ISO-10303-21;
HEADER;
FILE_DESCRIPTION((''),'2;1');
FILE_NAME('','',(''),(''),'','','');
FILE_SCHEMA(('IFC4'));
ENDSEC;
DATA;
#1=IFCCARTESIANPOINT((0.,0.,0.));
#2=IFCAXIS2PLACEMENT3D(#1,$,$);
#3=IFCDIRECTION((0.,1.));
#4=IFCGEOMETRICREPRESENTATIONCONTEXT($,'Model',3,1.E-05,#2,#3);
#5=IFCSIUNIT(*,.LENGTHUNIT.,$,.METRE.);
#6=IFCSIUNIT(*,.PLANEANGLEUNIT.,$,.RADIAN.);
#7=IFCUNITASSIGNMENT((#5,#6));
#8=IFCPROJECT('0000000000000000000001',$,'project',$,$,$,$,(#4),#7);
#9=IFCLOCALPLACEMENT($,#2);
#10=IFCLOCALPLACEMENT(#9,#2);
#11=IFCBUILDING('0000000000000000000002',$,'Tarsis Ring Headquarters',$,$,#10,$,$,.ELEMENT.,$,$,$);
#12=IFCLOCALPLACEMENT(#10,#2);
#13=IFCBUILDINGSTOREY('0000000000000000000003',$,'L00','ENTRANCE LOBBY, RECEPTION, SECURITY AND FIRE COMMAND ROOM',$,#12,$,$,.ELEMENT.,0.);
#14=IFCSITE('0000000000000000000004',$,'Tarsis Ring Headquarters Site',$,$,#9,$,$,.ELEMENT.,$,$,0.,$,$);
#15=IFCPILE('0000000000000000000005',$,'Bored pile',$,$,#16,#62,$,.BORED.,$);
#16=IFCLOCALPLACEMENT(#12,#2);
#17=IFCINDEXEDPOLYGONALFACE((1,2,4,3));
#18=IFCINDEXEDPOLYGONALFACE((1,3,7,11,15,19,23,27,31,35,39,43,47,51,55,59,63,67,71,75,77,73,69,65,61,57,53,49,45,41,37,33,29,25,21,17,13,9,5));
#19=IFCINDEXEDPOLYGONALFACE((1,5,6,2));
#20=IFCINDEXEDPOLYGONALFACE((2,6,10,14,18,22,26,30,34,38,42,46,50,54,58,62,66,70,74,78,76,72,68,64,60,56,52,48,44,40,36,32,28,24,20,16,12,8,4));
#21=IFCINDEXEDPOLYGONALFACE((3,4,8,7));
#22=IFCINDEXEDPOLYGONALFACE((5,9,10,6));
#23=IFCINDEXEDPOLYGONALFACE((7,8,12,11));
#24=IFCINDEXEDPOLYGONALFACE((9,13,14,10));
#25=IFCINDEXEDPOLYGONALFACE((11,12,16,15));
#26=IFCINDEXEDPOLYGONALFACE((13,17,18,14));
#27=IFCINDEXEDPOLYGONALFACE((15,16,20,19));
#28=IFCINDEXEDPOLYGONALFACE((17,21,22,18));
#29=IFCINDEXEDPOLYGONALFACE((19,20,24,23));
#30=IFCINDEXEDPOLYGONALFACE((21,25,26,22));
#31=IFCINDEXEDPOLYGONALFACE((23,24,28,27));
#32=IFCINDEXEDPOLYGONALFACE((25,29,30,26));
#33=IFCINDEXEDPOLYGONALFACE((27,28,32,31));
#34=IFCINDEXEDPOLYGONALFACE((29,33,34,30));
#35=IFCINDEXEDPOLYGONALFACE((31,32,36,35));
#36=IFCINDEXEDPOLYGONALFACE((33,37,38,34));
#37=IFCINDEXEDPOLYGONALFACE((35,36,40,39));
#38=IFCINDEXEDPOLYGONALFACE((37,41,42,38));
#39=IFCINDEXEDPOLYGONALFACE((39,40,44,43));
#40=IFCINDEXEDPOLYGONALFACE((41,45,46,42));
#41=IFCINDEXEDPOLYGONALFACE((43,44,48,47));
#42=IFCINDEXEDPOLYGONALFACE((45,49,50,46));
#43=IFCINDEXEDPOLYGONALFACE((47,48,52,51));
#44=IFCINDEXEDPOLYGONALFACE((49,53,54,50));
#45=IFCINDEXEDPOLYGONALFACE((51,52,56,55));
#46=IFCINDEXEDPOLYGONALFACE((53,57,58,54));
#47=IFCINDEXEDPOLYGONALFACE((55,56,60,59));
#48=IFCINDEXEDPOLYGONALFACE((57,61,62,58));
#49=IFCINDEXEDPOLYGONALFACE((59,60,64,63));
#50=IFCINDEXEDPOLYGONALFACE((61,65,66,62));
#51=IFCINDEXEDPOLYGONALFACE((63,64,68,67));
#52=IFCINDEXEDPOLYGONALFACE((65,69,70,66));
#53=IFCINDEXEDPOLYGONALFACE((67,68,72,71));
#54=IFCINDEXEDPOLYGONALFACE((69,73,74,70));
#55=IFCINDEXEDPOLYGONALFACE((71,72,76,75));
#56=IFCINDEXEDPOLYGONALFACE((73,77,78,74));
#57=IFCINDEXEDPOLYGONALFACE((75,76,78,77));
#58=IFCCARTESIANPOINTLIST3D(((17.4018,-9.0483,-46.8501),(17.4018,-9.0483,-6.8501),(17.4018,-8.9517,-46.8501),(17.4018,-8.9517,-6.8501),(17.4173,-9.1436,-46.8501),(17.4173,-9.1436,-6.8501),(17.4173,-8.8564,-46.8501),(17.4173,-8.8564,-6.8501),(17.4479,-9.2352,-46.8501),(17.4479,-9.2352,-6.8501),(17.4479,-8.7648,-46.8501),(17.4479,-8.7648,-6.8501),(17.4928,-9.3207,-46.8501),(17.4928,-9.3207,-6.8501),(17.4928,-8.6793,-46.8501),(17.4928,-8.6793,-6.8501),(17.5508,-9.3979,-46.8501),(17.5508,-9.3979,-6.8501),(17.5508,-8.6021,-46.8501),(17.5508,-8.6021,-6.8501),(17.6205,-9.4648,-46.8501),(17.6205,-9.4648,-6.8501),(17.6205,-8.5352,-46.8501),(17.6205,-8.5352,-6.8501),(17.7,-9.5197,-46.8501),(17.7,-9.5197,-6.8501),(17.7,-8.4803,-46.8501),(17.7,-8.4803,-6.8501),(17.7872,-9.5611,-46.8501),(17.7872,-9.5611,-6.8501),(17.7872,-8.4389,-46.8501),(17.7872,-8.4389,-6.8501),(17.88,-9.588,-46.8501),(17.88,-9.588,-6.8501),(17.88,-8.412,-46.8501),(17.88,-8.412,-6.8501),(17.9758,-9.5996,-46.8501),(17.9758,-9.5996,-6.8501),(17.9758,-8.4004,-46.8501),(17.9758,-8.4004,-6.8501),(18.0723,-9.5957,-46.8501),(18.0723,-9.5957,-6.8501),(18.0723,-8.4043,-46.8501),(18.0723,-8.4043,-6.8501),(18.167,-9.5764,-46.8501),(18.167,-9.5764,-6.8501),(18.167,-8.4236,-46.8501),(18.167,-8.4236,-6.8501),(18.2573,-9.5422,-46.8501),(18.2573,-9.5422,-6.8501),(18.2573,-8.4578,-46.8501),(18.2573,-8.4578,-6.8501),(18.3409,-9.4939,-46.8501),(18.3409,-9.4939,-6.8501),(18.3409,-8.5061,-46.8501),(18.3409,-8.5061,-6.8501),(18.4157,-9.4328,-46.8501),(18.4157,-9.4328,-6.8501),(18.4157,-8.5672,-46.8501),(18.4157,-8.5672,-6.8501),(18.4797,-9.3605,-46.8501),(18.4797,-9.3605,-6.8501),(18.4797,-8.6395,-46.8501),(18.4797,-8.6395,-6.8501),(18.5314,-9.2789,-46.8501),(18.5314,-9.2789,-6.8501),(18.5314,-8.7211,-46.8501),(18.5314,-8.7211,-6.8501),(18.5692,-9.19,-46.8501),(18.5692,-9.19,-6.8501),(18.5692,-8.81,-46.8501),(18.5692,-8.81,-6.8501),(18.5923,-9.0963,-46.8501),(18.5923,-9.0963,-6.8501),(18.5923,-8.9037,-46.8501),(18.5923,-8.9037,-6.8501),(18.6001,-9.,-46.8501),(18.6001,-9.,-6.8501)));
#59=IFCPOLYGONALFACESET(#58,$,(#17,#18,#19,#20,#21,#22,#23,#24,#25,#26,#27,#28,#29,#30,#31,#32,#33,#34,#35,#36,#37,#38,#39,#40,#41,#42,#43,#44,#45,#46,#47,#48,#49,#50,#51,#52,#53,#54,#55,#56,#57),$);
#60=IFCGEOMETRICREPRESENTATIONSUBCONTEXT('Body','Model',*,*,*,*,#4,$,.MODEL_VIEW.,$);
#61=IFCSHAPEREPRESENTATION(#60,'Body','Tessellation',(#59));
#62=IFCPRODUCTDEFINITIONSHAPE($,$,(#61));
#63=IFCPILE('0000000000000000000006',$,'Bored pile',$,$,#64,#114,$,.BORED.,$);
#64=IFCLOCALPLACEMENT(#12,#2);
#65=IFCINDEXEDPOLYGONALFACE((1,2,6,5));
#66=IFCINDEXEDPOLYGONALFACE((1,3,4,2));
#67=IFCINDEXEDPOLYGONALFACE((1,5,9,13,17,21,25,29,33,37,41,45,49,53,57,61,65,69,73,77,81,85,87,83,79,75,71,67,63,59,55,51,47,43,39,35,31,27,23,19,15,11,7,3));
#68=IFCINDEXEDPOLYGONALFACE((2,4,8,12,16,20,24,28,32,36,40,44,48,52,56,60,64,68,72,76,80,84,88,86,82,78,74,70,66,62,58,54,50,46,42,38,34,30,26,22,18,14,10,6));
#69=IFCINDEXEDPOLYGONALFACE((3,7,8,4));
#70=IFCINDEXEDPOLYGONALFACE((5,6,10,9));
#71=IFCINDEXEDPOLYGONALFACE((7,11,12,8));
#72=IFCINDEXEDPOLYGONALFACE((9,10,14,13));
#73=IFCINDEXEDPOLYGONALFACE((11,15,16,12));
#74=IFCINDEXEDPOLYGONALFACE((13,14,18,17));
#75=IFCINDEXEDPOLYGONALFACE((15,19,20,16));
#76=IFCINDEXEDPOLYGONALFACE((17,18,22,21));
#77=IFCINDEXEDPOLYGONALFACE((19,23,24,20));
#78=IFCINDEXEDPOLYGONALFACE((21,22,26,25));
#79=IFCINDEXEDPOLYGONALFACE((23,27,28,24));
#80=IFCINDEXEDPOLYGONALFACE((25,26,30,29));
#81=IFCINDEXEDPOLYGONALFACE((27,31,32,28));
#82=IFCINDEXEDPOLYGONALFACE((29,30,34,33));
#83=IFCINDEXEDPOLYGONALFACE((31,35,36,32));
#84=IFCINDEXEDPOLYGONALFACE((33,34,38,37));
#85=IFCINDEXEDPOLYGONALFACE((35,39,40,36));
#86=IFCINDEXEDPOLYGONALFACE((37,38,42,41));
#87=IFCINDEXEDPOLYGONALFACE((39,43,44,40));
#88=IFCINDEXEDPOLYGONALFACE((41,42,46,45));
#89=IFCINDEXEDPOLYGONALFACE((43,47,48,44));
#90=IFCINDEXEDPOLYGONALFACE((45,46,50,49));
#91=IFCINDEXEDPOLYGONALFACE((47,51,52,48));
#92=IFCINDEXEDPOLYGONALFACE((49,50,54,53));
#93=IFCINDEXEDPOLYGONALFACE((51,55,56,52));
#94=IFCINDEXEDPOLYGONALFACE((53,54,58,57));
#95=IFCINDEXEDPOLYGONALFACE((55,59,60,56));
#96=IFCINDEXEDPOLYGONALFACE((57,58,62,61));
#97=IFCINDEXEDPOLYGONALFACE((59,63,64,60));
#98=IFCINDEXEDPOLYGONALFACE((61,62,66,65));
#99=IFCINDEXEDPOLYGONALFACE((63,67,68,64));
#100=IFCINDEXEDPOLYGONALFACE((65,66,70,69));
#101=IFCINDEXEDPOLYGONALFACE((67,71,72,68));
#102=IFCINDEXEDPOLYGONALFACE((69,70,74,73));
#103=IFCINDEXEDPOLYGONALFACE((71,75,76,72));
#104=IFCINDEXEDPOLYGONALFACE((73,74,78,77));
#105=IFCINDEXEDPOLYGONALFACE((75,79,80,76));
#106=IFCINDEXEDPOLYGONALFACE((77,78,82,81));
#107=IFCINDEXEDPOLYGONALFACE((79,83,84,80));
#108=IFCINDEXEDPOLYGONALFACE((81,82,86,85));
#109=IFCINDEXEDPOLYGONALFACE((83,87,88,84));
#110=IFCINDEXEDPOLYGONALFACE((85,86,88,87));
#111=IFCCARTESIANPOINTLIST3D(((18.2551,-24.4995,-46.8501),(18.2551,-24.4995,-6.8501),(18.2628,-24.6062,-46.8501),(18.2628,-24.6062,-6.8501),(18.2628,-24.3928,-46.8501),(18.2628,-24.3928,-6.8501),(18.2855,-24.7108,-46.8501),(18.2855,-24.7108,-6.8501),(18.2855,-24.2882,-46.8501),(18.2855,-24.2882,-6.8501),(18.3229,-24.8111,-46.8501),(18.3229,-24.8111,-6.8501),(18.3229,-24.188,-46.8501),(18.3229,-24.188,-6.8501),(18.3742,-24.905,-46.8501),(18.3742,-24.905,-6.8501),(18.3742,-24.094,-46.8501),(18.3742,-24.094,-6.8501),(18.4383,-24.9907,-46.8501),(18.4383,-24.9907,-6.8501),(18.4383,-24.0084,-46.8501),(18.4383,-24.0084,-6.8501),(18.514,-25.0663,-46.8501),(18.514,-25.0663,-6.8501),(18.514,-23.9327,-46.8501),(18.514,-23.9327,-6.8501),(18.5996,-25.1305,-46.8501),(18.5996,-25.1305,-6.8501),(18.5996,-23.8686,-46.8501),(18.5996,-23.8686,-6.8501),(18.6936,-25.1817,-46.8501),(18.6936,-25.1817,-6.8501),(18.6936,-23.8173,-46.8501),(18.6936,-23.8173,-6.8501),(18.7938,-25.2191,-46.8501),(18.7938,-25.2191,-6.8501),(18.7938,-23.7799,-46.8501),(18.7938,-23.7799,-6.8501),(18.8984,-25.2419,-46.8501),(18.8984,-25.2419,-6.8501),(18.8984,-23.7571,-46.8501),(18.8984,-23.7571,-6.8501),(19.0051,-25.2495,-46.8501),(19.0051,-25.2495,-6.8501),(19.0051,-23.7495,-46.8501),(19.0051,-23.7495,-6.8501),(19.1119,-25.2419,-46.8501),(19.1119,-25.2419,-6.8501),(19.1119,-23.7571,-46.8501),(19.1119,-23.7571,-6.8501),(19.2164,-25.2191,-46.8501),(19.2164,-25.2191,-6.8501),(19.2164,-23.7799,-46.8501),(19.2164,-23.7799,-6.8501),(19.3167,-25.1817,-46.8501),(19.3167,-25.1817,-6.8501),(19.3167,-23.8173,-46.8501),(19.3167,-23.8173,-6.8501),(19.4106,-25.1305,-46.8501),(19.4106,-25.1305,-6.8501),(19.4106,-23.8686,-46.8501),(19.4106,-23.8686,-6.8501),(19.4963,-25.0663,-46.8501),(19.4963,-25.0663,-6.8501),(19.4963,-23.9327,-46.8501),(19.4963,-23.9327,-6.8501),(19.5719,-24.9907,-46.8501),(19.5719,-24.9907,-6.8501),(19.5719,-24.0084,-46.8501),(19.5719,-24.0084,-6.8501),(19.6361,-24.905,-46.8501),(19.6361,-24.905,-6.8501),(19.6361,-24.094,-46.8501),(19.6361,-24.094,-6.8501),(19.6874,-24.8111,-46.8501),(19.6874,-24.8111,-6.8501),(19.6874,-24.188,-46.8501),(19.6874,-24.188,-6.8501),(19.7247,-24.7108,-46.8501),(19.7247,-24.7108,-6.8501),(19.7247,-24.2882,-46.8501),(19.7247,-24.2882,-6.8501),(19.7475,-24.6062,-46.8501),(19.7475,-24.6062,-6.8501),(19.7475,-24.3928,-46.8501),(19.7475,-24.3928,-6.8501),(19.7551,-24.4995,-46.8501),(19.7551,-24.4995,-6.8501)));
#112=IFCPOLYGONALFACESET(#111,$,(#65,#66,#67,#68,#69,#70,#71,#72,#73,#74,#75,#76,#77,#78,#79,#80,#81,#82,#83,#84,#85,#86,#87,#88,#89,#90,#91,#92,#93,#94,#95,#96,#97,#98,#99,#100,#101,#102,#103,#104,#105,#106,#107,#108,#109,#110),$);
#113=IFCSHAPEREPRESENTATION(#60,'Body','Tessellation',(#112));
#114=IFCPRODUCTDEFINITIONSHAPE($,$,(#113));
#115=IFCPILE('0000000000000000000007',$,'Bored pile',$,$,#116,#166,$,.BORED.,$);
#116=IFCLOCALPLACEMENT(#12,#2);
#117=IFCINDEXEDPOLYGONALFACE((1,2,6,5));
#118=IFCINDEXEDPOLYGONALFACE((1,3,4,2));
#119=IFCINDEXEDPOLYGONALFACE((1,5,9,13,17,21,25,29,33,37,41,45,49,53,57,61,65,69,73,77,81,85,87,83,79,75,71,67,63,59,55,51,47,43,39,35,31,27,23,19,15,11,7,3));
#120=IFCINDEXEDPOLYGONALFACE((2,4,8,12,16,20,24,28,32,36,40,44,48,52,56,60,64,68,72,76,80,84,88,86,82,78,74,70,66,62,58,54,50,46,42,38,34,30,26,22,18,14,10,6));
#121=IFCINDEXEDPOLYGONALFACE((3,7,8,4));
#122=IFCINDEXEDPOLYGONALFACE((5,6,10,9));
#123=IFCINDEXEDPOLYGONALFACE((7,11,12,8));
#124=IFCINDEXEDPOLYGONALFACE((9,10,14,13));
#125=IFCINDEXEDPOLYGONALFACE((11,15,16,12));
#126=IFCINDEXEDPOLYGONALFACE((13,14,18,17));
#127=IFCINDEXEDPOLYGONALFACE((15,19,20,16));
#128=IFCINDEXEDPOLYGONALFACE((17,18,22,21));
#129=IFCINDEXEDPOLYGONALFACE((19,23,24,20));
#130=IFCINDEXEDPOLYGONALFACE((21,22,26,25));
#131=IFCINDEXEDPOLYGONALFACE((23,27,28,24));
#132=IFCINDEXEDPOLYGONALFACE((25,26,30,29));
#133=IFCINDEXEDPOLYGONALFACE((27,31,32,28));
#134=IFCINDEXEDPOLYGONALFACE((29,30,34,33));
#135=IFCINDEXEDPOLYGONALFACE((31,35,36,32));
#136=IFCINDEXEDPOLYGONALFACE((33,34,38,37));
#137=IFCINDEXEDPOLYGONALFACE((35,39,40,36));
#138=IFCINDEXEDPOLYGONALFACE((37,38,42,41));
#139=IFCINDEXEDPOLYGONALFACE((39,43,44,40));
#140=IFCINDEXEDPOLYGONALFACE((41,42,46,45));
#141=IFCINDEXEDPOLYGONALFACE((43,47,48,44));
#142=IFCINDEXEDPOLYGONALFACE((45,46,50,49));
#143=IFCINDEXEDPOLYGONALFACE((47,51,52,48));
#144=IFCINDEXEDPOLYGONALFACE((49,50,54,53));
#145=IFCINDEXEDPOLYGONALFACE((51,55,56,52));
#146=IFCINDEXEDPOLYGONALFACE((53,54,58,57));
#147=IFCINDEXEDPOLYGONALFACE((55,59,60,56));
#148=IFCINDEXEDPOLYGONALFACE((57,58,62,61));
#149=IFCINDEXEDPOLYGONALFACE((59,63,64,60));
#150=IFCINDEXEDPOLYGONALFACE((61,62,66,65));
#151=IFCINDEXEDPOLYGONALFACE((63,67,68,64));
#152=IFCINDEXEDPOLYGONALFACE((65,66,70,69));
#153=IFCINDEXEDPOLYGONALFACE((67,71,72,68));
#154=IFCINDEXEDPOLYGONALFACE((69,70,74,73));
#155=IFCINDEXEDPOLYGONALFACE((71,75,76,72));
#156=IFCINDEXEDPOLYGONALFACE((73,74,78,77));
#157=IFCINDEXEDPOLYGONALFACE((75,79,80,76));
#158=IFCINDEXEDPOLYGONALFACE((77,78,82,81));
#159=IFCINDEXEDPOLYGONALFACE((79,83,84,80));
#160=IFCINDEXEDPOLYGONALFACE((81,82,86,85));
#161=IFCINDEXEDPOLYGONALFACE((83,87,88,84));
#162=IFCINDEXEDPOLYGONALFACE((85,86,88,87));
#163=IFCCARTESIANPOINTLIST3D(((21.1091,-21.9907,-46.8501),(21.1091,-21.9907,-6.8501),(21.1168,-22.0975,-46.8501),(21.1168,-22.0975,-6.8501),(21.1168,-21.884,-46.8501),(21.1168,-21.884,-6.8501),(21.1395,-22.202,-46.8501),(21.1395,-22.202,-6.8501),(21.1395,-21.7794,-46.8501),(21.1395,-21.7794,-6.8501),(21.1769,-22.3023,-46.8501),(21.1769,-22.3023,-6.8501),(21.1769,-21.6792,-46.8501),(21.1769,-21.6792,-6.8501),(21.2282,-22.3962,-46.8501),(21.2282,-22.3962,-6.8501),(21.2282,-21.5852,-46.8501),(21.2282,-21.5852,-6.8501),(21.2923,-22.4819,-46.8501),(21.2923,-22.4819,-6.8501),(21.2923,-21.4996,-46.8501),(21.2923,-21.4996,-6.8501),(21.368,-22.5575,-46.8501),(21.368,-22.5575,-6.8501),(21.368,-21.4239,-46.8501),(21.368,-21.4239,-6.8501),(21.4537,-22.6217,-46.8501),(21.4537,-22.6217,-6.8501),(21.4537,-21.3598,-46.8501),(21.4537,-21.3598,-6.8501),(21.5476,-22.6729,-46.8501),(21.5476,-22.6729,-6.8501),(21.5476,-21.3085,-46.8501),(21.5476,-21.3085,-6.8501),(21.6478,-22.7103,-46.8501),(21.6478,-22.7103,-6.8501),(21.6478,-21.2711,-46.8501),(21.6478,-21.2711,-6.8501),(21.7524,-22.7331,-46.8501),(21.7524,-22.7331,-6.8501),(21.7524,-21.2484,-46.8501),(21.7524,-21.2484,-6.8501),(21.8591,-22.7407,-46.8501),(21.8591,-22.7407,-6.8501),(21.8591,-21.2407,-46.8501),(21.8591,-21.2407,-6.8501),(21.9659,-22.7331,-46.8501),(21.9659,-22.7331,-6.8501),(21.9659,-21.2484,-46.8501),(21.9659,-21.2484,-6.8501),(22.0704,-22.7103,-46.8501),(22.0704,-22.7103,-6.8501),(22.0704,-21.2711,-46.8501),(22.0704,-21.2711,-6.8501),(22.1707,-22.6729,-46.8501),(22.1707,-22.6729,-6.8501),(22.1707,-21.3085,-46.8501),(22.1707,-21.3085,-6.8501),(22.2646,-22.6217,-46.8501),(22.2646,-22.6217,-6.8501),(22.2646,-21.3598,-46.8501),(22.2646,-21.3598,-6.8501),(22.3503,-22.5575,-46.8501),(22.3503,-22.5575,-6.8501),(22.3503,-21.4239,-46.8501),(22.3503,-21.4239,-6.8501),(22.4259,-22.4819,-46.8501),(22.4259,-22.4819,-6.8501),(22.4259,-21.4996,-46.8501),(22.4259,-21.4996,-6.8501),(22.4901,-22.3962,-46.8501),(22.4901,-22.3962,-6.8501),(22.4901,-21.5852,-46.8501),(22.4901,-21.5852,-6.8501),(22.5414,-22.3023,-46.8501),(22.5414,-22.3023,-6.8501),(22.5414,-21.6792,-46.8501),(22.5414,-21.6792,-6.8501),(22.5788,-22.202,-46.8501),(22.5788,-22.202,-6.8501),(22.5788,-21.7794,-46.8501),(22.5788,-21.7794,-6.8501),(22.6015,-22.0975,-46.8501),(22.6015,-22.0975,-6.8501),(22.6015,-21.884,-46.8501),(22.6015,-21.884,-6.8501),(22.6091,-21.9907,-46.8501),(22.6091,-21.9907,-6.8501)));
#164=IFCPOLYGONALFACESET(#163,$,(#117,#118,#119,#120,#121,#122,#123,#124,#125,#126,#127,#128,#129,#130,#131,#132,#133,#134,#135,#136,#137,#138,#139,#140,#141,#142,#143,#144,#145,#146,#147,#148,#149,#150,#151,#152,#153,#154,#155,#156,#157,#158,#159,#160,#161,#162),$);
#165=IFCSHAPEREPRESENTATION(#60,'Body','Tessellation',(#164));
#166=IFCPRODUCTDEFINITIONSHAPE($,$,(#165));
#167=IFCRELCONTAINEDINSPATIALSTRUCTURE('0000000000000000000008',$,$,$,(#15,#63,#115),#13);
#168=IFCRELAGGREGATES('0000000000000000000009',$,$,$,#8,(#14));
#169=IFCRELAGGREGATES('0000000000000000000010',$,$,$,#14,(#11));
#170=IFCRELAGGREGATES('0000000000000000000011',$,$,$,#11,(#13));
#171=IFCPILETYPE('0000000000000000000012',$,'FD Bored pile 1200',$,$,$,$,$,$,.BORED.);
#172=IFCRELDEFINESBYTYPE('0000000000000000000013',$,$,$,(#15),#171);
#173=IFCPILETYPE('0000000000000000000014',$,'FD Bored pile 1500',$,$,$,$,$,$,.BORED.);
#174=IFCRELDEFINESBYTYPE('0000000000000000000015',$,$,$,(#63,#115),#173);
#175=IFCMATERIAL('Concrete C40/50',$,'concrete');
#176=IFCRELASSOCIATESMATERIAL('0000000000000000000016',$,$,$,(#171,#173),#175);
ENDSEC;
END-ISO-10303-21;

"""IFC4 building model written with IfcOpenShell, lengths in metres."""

from ifc_helpers import new_model, si_unit, direction, frame, origin, origin_2d, place, context, subcontext, project, spatial, circle, extrude, material, material_profile, profile_set, type_object, element, save


model = new_model("IFC4")

# Units and contexts
model_context = context("Model", 3, precision=1e-05, world=origin(), true_north=direction((0.0, 1.0)))
body_context = subcontext(model_context, "Body", "Model", "MODEL_VIEW")
ifc_project = project(units=[si_unit("LENGTHUNIT", "METRE"), si_unit("PLANEANGLEUNIT", "RADIAN")], contexts=[model_context])

# Site, building, storey
site_placement = place(None, origin())
site = spatial("IfcSite", under=ifc_project, at=site_placement, Name="Tarsis Ring Headquarters Site", CompositionType="ELEMENT", RefElevation=0.0)
building_placement = place(site_placement, origin())
building = spatial("IfcBuilding", under=site, at=building_placement, Name="Tarsis Ring Headquarters", CompositionType="ELEMENT")
storey_placement = place(building_placement, origin())
storey = spatial("IfcBuildingStorey", under=building, at=storey_placement, Name="L00", Description="ENTRANCE LOBBY, RECEPTION, SECURITY AND FIRE COMMAND ROOM", CompositionType="ELEMENT", Elevation=0.0)

# Piles
ifc_material_1 = material(Name="Concrete C40/50", Category="concrete")
ifc_material_profile_1 = material_profile(ifc_material_1, circle(Radius=0.6001, at=origin_2d()), Name="BORED 1200")
ifc_profile_set_1 = profile_set([ifc_material_profile_1], Name="Concrete C40/50")
pile_type_1 = type_object("IfcPileType", Name="FD Bored pile 1200", PredefinedType="BORED", material=ifc_profile_set_1)
pile_placement = place(storey_placement, frame((18.0, -9.0, -6.8501), z_axis=(0.0, 0.0, -1.0), x_axis=(1.0, 0.0, 0.0)))
element("IfcPile", 1, at=pile_placement, inside=storey, type_object=pile_type_1, Name="Bored pile", PredefinedType="BORED", context=body_context, shape_type="SweptSolid", body=[
    extrude(circle(Radius=0.6001, at=origin_2d()), origin(), (0.0, 0.0, 1.0), 40.0),
])
ifc_material_profile_2 = material_profile(ifc_material_1, circle(Radius=0.75, at=origin_2d()), Name="BORED 1500")
ifc_profile_set_2 = profile_set([ifc_material_profile_2], Name="Concrete C40/50")
pile_type_2 = type_object("IfcPileType", Name="FD Bored pile 1500", PredefinedType="BORED", material=ifc_profile_set_2)
for number, where, z_axis, x_axis, name in (
    (2, (19.0051, -24.4995, -6.8501), (0.0, 0.0, -1.0), (1.0, 0.0, 0.0), "Bored pile"),
    (3, (21.8591, -21.9907, -6.8501), (0.0, 0.0, -1.0), (1.0, 0.0, 0.0), "Bored pile"),
):
    element("IfcPile", number, at=place(storey_placement, frame(where, z_axis=z_axis, x_axis=x_axis)), inside=storey, type_object=pile_type_2, Name=name, PredefinedType="BORED", context=body_context, shape_type="SweptSolid", body=[
        extrude(circle(Radius=0.75, at=origin_2d()), origin(), (0.0, 0.0, 1.0), 40.0),
    ])

save(model, "model.ifc")
